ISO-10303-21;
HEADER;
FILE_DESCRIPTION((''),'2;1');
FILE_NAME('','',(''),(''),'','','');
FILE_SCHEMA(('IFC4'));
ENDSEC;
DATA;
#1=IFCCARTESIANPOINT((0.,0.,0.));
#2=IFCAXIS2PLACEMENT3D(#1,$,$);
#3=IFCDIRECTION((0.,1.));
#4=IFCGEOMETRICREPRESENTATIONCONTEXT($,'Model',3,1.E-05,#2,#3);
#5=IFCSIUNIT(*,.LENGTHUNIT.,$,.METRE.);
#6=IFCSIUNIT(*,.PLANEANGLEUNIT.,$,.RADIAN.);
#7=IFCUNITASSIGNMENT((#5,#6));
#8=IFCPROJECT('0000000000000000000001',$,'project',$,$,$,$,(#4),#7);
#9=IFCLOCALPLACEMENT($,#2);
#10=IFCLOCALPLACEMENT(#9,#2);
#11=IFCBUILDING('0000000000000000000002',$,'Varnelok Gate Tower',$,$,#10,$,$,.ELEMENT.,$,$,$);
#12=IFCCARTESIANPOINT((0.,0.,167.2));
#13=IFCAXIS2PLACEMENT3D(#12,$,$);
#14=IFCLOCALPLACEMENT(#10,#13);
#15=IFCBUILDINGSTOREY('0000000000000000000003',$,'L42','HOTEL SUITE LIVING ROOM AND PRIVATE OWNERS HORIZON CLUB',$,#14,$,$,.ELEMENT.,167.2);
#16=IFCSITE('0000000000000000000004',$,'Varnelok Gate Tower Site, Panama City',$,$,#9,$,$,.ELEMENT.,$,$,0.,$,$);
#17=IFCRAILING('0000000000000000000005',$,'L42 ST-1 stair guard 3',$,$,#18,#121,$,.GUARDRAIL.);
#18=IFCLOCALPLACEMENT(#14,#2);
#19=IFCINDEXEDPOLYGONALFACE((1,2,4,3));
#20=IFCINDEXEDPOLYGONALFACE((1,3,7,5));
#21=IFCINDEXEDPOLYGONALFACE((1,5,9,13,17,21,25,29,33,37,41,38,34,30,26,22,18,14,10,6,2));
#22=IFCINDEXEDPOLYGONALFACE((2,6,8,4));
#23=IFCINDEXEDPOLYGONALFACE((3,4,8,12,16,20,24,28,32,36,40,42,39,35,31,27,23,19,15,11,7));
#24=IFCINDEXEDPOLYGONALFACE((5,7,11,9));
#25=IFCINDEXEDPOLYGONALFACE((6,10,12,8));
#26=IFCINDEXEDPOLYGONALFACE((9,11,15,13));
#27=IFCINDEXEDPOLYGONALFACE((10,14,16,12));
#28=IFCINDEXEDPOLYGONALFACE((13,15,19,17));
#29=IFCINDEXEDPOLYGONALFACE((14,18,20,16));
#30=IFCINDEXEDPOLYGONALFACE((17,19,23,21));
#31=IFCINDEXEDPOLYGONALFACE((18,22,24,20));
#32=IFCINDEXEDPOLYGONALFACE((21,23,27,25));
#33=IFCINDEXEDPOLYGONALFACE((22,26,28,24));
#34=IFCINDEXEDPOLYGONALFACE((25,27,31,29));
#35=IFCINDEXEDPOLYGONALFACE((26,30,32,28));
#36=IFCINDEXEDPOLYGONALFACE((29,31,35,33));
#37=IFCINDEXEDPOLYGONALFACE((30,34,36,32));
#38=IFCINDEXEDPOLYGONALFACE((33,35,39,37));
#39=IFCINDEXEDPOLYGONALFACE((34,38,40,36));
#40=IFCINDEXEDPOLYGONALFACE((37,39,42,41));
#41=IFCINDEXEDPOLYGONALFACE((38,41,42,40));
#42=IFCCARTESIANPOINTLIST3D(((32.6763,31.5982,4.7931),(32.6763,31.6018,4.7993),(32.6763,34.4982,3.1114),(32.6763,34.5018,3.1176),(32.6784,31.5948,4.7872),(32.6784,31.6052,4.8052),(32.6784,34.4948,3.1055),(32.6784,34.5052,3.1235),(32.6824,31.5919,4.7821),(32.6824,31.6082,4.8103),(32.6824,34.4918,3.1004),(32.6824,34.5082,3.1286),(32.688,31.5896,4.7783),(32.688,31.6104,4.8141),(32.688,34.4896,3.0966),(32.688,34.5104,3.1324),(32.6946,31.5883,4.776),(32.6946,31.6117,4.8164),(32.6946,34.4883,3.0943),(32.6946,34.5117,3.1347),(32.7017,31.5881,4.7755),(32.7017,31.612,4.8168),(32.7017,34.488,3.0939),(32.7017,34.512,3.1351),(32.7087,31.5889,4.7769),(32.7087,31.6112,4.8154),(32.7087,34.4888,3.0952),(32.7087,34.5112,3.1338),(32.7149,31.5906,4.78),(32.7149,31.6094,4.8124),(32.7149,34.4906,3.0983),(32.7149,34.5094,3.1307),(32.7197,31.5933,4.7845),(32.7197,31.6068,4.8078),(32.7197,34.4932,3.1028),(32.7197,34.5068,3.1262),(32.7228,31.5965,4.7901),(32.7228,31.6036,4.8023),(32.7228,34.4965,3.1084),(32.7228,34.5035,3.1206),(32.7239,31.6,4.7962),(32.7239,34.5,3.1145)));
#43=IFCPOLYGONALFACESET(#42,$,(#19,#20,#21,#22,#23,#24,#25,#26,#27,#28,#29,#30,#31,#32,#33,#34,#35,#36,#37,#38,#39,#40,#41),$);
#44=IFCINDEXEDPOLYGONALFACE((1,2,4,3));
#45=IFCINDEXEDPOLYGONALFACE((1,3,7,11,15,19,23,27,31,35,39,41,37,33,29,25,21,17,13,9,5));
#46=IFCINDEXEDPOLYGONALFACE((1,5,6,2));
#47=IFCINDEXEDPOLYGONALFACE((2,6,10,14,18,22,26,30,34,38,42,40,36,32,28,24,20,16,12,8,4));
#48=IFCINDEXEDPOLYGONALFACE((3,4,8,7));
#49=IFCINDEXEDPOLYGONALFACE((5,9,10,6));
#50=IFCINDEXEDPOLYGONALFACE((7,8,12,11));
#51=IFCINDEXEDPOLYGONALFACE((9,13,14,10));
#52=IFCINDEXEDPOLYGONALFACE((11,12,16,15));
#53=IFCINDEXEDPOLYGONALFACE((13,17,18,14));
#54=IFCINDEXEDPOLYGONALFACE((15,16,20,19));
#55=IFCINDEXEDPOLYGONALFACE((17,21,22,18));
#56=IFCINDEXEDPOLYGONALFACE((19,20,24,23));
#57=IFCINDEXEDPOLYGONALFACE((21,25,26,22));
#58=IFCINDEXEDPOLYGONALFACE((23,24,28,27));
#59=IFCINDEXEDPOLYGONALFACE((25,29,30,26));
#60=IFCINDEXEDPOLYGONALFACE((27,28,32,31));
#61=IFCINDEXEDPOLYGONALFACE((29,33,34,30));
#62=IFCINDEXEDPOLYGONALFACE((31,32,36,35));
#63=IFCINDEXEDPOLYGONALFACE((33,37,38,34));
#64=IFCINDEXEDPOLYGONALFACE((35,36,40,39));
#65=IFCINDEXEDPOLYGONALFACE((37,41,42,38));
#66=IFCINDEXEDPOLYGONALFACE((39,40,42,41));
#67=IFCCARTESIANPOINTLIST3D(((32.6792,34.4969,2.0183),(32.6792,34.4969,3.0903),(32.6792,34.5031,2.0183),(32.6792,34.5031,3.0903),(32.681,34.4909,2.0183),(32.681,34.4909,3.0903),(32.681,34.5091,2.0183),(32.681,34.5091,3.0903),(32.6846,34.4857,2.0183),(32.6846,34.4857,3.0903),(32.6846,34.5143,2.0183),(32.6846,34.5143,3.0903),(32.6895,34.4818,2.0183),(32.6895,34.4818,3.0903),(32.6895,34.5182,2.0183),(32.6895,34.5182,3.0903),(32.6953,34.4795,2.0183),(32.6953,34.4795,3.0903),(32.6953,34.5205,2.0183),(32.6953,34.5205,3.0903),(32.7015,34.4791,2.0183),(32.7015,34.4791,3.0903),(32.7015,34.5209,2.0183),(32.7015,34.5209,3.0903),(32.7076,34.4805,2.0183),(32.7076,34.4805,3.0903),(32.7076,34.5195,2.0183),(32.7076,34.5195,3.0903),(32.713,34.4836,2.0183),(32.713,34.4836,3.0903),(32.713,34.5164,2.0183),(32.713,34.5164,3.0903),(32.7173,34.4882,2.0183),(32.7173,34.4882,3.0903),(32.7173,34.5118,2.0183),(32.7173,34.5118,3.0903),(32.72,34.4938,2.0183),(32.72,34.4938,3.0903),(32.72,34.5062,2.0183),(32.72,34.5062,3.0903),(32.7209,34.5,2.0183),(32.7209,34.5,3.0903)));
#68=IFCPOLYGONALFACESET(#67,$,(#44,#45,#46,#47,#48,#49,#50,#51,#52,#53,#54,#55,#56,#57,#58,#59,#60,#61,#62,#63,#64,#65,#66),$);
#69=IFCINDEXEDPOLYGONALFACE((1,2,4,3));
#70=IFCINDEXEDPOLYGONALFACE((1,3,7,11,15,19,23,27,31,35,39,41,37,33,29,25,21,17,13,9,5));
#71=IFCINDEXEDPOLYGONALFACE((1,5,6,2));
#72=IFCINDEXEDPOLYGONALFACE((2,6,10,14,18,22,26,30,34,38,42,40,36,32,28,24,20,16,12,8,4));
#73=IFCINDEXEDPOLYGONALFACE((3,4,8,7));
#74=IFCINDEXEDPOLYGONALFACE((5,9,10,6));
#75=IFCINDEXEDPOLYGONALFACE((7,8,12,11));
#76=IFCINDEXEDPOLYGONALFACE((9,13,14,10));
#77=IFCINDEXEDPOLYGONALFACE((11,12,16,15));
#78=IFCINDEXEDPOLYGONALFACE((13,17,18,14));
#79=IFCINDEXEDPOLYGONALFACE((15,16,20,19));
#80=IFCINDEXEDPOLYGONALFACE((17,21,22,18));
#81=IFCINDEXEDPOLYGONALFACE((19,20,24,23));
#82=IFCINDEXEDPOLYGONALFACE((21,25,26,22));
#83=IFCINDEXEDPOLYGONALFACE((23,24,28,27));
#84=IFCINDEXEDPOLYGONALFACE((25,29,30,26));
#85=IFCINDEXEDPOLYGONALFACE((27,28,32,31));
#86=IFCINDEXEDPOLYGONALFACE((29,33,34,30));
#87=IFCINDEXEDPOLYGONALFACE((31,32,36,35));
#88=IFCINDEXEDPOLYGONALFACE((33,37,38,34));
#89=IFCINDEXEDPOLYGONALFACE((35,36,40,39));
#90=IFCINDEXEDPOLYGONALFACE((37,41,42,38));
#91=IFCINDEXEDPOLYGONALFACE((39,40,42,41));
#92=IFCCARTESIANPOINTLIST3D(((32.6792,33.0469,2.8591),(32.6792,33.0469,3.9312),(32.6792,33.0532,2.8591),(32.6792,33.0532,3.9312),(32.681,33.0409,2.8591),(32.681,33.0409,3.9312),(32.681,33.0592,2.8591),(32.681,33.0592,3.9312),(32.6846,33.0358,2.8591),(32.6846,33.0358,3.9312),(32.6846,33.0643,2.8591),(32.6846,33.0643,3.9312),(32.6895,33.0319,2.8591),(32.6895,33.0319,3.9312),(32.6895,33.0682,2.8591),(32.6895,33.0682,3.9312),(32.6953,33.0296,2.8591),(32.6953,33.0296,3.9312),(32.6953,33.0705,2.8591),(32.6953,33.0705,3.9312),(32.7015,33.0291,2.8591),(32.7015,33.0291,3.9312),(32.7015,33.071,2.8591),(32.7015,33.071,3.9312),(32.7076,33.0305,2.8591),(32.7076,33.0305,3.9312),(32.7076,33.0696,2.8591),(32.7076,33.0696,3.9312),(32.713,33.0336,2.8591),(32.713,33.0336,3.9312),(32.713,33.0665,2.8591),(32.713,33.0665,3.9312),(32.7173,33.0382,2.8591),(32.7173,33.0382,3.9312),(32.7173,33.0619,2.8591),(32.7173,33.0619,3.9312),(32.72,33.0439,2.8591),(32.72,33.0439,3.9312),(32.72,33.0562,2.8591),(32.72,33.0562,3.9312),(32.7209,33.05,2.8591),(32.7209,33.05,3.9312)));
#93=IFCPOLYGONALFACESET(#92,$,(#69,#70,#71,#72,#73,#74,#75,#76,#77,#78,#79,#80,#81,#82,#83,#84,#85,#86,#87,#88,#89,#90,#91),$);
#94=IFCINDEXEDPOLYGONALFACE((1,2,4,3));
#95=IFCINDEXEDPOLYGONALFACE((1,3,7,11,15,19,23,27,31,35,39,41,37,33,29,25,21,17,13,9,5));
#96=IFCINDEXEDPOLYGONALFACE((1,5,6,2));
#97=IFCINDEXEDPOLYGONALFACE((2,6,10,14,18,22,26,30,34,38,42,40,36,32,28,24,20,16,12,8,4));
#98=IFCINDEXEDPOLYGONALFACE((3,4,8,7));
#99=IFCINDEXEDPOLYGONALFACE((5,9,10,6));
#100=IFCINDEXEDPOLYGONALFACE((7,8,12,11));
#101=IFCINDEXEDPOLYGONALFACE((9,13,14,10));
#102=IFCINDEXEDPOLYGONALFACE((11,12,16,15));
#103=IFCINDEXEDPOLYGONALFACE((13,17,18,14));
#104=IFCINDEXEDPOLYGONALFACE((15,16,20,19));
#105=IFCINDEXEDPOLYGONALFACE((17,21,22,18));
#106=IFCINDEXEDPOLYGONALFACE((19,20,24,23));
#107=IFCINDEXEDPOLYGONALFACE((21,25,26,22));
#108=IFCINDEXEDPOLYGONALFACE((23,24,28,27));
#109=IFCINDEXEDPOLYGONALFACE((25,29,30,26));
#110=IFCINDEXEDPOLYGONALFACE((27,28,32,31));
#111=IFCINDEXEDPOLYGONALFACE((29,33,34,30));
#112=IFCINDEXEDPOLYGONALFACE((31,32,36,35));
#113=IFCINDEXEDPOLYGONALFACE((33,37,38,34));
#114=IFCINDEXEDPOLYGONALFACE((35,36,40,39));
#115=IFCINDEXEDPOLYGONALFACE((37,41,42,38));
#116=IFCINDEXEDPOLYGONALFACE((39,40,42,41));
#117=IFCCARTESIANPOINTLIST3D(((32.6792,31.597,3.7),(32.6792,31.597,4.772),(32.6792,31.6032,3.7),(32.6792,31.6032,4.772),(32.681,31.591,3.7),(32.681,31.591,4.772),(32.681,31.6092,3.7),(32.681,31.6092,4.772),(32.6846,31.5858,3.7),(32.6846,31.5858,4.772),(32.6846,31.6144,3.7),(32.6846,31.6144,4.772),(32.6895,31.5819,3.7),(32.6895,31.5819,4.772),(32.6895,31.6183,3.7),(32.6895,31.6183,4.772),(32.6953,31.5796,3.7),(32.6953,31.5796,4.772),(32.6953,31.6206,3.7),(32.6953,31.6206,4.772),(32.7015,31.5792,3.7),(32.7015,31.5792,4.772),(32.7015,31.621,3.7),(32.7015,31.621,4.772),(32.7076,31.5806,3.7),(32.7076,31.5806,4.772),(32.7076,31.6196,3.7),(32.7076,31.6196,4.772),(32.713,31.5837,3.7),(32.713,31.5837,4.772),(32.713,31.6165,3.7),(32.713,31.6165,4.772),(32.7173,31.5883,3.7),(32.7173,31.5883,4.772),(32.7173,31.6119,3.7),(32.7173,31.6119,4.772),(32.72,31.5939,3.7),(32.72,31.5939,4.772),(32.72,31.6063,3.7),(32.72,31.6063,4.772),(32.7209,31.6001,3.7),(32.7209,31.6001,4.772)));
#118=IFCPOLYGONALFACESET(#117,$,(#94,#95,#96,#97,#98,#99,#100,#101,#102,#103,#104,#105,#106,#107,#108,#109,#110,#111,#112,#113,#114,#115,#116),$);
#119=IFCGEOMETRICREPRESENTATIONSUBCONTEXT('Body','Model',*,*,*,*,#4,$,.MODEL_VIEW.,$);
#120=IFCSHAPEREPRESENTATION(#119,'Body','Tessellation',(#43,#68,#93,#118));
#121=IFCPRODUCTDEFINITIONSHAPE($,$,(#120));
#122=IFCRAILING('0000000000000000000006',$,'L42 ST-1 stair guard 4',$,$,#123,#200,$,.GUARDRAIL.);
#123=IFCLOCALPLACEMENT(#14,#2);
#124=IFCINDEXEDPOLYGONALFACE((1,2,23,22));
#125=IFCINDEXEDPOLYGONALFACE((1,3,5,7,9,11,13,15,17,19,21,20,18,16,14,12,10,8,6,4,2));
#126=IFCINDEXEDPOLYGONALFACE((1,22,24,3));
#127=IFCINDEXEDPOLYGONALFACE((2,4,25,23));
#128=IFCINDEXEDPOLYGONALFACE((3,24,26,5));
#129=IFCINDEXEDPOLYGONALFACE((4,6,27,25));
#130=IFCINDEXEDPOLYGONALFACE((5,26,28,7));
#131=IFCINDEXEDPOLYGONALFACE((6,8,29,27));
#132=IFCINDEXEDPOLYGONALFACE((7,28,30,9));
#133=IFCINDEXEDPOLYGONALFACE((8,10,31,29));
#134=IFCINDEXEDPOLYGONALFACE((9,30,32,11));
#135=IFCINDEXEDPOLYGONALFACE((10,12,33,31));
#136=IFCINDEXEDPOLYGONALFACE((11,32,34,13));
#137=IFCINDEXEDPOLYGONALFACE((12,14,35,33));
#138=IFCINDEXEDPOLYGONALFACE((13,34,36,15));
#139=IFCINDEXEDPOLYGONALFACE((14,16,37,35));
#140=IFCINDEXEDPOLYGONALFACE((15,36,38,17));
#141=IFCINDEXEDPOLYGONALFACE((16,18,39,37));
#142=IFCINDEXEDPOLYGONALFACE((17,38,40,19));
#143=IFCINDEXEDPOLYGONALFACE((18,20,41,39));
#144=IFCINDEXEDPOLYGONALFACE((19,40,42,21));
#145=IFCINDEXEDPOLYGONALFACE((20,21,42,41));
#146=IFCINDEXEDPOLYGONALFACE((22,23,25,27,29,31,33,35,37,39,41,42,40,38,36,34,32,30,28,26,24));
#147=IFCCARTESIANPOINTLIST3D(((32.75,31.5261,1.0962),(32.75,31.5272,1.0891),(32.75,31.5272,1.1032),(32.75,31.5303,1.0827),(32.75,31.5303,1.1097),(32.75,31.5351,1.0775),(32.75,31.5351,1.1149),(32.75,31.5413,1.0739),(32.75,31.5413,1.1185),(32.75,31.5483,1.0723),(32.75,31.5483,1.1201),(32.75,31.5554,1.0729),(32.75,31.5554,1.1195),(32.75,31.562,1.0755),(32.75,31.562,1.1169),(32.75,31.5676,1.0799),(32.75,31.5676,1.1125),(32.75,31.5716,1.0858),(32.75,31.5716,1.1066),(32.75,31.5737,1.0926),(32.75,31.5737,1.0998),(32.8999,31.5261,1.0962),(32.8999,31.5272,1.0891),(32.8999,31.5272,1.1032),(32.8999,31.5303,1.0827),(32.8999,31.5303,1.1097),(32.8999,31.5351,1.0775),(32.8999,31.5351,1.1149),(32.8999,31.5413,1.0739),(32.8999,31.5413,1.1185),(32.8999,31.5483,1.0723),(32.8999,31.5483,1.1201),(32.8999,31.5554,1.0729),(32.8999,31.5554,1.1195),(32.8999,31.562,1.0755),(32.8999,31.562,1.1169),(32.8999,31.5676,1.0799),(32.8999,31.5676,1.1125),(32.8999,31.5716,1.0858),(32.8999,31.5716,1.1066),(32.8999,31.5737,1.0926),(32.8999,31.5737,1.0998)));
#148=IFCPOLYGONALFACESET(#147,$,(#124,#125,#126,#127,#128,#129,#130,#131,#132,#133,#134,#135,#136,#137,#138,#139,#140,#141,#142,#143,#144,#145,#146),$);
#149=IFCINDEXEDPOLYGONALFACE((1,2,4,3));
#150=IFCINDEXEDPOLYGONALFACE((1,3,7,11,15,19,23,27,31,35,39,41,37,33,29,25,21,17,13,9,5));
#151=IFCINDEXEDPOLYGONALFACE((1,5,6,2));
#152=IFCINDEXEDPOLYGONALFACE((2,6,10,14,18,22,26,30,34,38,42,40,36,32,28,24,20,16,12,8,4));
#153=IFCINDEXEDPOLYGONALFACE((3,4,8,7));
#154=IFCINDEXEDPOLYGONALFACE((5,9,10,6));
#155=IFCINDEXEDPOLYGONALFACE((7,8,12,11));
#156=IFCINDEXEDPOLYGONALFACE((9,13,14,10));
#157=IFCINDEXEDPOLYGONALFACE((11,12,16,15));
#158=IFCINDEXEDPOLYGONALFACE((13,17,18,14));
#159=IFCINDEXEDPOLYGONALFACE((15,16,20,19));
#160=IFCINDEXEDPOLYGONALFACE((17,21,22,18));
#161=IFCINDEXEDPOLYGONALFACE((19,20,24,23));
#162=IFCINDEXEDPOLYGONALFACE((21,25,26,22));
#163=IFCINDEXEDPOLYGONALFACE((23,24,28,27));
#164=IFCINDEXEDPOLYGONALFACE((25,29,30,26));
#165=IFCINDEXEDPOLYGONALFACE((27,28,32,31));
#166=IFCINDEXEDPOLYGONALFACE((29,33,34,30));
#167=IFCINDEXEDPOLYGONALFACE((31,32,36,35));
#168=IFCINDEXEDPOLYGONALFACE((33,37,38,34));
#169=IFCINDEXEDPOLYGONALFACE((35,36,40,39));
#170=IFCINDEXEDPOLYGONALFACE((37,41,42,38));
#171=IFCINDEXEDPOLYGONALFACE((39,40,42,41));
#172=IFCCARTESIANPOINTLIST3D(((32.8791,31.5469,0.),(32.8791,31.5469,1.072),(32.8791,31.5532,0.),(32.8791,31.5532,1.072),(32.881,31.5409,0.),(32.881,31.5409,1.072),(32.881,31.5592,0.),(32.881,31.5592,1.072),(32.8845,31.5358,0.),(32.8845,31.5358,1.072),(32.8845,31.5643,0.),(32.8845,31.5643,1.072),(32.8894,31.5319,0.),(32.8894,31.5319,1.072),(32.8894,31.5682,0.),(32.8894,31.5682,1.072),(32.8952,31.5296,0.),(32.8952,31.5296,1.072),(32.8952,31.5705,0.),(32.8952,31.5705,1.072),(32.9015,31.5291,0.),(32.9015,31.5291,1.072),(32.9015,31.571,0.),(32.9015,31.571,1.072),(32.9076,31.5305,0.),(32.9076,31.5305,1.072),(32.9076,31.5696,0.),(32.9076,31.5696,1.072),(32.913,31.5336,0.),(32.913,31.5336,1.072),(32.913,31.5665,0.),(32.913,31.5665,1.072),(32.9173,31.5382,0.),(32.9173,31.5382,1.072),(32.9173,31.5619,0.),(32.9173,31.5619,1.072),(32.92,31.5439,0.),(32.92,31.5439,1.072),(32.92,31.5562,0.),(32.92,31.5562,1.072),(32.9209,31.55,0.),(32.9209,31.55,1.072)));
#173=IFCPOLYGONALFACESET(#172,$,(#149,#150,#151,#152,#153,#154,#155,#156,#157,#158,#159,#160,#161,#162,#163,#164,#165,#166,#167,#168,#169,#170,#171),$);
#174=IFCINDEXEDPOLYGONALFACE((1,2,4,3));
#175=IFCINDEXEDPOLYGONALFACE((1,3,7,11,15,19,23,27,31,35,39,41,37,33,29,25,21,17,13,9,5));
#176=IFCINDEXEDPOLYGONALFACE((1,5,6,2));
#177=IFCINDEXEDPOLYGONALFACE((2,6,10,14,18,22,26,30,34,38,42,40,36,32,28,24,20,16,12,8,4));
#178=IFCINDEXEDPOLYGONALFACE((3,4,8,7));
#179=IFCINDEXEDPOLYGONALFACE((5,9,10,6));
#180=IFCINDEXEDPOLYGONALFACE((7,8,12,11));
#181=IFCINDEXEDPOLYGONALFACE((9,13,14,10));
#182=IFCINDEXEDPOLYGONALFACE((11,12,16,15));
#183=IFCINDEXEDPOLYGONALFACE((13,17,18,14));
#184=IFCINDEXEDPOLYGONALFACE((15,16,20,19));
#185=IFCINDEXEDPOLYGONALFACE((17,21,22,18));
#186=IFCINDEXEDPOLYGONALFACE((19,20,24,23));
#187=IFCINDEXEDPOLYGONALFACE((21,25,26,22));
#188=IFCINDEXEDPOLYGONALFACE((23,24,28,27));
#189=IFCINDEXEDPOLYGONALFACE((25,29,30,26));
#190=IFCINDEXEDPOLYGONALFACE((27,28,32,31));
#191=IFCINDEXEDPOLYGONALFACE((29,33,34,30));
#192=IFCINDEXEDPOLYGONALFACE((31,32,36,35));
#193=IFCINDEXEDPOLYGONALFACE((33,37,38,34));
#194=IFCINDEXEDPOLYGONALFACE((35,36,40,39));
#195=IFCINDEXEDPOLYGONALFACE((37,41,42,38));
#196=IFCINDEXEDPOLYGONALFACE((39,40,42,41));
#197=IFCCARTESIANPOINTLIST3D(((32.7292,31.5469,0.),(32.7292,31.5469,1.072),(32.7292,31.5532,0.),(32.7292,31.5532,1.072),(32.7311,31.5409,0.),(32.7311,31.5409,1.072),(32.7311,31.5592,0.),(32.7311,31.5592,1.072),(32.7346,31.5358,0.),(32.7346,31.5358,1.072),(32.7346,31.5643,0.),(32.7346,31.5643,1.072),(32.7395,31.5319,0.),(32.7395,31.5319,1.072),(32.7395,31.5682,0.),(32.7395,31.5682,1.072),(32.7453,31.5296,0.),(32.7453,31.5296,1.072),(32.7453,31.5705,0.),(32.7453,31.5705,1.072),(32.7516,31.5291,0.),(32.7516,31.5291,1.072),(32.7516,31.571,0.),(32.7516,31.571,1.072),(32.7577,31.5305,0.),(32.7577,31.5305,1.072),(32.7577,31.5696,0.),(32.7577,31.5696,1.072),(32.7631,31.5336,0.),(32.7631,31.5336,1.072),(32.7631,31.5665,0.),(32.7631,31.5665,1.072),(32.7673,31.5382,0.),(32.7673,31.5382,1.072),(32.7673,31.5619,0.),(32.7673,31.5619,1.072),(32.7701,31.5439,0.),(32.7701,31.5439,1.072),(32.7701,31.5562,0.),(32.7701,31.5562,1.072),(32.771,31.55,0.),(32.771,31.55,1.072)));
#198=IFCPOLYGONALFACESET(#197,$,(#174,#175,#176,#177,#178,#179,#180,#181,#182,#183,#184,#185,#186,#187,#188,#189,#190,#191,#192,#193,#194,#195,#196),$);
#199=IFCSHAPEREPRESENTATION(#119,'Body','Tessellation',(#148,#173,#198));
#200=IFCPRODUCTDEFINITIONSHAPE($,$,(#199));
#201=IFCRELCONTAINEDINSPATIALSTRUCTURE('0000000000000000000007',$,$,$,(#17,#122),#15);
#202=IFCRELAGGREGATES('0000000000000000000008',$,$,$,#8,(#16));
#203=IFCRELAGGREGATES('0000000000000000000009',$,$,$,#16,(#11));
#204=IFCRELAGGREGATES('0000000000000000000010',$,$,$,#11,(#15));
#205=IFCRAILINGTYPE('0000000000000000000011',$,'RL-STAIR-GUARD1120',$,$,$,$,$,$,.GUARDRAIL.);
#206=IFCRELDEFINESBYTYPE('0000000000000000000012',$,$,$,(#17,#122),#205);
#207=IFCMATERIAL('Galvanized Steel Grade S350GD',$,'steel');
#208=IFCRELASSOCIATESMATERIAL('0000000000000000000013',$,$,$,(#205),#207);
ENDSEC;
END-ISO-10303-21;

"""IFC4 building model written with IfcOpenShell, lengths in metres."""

from ifc_helpers import new_model, si_unit, direction, frame, origin, origin_2d, place, context, subcontext, project, spatial, circle, extrude, material, type_object, element, save


model = new_model("IFC4")

# Units and contexts
model_context = context("Model", 3, precision=1e-05, world=origin(), true_north=direction((0.0, 1.0)))
body_context = subcontext(model_context, "Body", "Model", "MODEL_VIEW")
ifc_project = project(units=[si_unit("LENGTHUNIT", "METRE"), si_unit("PLANEANGLEUNIT", "RADIAN")], contexts=[model_context])

# Site, building, storey
site_placement = place(None, origin())
site = spatial("IfcSite", under=ifc_project, at=site_placement, Name="Varnelok Gate Tower Site, Panama City", CompositionType="ELEMENT", RefElevation=0.0)
building_placement = place(site_placement, origin())
building = spatial("IfcBuilding", under=site, at=building_placement, Name="Varnelok Gate Tower", CompositionType="ELEMENT")
storey_placement = place(building_placement, frame((0.0, 0.0, 167.2)))
storey = spatial("IfcBuildingStorey", under=building, at=storey_placement, Name="L42", Description="HOTEL SUITE LIVING ROOM AND PRIVATE OWNERS HORIZON CLUB", CompositionType="ELEMENT", Elevation=167.2)

# Shared definitions
ifc_material_1 = material(Name="Galvanized Steel Grade S350GD", Category="steel")

# Railings
railing_type_1 = type_object("IfcRailingType", Name="RL-STAIR-GUARD1120", PredefinedType="GUARDRAIL", material=ifc_material_1)
railing_1_placement = place(storey_placement, frame((32.7, 34.5, 2.0183)))
element("IfcRailing", 1, at=railing_1_placement, inside=storey, type_object=railing_type_1, Name="L42 ST-1 stair guard 3", PredefinedType="GUARDRAIL", context=body_context, shape_type="SweptSolid", body=[
    extrude(circle(Radius=0.0239, at=origin_2d()), frame((0.0, 0.0, 1.0962), z_axis=(0.0, -0.86507, 0.501651), x_axis=(1.0, 0.0, 0.0)), (0.0, 0.0, 1.0), 3.3523),
    extrude(circle(Radius=0.021, at=origin_2d()), origin(), (0.0, 0.0, 1.0), 1.072),
    extrude(circle(Radius=0.021, at=origin_2d()), frame((0.0, -1.45, 0.8408)), (0.0, 0.0, 1.0), 1.072),
    extrude(circle(Radius=0.021, at=origin_2d()), frame((0.0, -2.8999, 1.6816)), (0.0, 0.0, 1.0), 1.072),
])
railing_2_placement = place(storey_placement, frame((32.8999, 31.55, 0.0)))
element("IfcRailing", 2, at=railing_2_placement, inside=storey, type_object=railing_type_1, Name="L42 ST-1 stair guard 4", PredefinedType="GUARDRAIL", context=body_context, shape_type="SweptSolid", body=[
    extrude(circle(Radius=0.0239, at=origin_2d()), frame((0.0, 0.0, 1.0962), z_axis=(-1.0, 0.0, 0.0), x_axis=(0.0, -1.0, 0.0)), (0.0, 0.0, 1.0), 0.1499),
    extrude(circle(Radius=0.021, at=origin_2d()), origin(), (0.0, 0.0, 1.0), 1.072),
    extrude(circle(Radius=0.021, at=origin_2d()), frame((-0.1499, 0.0, 0.0)), (0.0, 0.0, 1.0), 1.072),
])

save(model, "model.ifc")
